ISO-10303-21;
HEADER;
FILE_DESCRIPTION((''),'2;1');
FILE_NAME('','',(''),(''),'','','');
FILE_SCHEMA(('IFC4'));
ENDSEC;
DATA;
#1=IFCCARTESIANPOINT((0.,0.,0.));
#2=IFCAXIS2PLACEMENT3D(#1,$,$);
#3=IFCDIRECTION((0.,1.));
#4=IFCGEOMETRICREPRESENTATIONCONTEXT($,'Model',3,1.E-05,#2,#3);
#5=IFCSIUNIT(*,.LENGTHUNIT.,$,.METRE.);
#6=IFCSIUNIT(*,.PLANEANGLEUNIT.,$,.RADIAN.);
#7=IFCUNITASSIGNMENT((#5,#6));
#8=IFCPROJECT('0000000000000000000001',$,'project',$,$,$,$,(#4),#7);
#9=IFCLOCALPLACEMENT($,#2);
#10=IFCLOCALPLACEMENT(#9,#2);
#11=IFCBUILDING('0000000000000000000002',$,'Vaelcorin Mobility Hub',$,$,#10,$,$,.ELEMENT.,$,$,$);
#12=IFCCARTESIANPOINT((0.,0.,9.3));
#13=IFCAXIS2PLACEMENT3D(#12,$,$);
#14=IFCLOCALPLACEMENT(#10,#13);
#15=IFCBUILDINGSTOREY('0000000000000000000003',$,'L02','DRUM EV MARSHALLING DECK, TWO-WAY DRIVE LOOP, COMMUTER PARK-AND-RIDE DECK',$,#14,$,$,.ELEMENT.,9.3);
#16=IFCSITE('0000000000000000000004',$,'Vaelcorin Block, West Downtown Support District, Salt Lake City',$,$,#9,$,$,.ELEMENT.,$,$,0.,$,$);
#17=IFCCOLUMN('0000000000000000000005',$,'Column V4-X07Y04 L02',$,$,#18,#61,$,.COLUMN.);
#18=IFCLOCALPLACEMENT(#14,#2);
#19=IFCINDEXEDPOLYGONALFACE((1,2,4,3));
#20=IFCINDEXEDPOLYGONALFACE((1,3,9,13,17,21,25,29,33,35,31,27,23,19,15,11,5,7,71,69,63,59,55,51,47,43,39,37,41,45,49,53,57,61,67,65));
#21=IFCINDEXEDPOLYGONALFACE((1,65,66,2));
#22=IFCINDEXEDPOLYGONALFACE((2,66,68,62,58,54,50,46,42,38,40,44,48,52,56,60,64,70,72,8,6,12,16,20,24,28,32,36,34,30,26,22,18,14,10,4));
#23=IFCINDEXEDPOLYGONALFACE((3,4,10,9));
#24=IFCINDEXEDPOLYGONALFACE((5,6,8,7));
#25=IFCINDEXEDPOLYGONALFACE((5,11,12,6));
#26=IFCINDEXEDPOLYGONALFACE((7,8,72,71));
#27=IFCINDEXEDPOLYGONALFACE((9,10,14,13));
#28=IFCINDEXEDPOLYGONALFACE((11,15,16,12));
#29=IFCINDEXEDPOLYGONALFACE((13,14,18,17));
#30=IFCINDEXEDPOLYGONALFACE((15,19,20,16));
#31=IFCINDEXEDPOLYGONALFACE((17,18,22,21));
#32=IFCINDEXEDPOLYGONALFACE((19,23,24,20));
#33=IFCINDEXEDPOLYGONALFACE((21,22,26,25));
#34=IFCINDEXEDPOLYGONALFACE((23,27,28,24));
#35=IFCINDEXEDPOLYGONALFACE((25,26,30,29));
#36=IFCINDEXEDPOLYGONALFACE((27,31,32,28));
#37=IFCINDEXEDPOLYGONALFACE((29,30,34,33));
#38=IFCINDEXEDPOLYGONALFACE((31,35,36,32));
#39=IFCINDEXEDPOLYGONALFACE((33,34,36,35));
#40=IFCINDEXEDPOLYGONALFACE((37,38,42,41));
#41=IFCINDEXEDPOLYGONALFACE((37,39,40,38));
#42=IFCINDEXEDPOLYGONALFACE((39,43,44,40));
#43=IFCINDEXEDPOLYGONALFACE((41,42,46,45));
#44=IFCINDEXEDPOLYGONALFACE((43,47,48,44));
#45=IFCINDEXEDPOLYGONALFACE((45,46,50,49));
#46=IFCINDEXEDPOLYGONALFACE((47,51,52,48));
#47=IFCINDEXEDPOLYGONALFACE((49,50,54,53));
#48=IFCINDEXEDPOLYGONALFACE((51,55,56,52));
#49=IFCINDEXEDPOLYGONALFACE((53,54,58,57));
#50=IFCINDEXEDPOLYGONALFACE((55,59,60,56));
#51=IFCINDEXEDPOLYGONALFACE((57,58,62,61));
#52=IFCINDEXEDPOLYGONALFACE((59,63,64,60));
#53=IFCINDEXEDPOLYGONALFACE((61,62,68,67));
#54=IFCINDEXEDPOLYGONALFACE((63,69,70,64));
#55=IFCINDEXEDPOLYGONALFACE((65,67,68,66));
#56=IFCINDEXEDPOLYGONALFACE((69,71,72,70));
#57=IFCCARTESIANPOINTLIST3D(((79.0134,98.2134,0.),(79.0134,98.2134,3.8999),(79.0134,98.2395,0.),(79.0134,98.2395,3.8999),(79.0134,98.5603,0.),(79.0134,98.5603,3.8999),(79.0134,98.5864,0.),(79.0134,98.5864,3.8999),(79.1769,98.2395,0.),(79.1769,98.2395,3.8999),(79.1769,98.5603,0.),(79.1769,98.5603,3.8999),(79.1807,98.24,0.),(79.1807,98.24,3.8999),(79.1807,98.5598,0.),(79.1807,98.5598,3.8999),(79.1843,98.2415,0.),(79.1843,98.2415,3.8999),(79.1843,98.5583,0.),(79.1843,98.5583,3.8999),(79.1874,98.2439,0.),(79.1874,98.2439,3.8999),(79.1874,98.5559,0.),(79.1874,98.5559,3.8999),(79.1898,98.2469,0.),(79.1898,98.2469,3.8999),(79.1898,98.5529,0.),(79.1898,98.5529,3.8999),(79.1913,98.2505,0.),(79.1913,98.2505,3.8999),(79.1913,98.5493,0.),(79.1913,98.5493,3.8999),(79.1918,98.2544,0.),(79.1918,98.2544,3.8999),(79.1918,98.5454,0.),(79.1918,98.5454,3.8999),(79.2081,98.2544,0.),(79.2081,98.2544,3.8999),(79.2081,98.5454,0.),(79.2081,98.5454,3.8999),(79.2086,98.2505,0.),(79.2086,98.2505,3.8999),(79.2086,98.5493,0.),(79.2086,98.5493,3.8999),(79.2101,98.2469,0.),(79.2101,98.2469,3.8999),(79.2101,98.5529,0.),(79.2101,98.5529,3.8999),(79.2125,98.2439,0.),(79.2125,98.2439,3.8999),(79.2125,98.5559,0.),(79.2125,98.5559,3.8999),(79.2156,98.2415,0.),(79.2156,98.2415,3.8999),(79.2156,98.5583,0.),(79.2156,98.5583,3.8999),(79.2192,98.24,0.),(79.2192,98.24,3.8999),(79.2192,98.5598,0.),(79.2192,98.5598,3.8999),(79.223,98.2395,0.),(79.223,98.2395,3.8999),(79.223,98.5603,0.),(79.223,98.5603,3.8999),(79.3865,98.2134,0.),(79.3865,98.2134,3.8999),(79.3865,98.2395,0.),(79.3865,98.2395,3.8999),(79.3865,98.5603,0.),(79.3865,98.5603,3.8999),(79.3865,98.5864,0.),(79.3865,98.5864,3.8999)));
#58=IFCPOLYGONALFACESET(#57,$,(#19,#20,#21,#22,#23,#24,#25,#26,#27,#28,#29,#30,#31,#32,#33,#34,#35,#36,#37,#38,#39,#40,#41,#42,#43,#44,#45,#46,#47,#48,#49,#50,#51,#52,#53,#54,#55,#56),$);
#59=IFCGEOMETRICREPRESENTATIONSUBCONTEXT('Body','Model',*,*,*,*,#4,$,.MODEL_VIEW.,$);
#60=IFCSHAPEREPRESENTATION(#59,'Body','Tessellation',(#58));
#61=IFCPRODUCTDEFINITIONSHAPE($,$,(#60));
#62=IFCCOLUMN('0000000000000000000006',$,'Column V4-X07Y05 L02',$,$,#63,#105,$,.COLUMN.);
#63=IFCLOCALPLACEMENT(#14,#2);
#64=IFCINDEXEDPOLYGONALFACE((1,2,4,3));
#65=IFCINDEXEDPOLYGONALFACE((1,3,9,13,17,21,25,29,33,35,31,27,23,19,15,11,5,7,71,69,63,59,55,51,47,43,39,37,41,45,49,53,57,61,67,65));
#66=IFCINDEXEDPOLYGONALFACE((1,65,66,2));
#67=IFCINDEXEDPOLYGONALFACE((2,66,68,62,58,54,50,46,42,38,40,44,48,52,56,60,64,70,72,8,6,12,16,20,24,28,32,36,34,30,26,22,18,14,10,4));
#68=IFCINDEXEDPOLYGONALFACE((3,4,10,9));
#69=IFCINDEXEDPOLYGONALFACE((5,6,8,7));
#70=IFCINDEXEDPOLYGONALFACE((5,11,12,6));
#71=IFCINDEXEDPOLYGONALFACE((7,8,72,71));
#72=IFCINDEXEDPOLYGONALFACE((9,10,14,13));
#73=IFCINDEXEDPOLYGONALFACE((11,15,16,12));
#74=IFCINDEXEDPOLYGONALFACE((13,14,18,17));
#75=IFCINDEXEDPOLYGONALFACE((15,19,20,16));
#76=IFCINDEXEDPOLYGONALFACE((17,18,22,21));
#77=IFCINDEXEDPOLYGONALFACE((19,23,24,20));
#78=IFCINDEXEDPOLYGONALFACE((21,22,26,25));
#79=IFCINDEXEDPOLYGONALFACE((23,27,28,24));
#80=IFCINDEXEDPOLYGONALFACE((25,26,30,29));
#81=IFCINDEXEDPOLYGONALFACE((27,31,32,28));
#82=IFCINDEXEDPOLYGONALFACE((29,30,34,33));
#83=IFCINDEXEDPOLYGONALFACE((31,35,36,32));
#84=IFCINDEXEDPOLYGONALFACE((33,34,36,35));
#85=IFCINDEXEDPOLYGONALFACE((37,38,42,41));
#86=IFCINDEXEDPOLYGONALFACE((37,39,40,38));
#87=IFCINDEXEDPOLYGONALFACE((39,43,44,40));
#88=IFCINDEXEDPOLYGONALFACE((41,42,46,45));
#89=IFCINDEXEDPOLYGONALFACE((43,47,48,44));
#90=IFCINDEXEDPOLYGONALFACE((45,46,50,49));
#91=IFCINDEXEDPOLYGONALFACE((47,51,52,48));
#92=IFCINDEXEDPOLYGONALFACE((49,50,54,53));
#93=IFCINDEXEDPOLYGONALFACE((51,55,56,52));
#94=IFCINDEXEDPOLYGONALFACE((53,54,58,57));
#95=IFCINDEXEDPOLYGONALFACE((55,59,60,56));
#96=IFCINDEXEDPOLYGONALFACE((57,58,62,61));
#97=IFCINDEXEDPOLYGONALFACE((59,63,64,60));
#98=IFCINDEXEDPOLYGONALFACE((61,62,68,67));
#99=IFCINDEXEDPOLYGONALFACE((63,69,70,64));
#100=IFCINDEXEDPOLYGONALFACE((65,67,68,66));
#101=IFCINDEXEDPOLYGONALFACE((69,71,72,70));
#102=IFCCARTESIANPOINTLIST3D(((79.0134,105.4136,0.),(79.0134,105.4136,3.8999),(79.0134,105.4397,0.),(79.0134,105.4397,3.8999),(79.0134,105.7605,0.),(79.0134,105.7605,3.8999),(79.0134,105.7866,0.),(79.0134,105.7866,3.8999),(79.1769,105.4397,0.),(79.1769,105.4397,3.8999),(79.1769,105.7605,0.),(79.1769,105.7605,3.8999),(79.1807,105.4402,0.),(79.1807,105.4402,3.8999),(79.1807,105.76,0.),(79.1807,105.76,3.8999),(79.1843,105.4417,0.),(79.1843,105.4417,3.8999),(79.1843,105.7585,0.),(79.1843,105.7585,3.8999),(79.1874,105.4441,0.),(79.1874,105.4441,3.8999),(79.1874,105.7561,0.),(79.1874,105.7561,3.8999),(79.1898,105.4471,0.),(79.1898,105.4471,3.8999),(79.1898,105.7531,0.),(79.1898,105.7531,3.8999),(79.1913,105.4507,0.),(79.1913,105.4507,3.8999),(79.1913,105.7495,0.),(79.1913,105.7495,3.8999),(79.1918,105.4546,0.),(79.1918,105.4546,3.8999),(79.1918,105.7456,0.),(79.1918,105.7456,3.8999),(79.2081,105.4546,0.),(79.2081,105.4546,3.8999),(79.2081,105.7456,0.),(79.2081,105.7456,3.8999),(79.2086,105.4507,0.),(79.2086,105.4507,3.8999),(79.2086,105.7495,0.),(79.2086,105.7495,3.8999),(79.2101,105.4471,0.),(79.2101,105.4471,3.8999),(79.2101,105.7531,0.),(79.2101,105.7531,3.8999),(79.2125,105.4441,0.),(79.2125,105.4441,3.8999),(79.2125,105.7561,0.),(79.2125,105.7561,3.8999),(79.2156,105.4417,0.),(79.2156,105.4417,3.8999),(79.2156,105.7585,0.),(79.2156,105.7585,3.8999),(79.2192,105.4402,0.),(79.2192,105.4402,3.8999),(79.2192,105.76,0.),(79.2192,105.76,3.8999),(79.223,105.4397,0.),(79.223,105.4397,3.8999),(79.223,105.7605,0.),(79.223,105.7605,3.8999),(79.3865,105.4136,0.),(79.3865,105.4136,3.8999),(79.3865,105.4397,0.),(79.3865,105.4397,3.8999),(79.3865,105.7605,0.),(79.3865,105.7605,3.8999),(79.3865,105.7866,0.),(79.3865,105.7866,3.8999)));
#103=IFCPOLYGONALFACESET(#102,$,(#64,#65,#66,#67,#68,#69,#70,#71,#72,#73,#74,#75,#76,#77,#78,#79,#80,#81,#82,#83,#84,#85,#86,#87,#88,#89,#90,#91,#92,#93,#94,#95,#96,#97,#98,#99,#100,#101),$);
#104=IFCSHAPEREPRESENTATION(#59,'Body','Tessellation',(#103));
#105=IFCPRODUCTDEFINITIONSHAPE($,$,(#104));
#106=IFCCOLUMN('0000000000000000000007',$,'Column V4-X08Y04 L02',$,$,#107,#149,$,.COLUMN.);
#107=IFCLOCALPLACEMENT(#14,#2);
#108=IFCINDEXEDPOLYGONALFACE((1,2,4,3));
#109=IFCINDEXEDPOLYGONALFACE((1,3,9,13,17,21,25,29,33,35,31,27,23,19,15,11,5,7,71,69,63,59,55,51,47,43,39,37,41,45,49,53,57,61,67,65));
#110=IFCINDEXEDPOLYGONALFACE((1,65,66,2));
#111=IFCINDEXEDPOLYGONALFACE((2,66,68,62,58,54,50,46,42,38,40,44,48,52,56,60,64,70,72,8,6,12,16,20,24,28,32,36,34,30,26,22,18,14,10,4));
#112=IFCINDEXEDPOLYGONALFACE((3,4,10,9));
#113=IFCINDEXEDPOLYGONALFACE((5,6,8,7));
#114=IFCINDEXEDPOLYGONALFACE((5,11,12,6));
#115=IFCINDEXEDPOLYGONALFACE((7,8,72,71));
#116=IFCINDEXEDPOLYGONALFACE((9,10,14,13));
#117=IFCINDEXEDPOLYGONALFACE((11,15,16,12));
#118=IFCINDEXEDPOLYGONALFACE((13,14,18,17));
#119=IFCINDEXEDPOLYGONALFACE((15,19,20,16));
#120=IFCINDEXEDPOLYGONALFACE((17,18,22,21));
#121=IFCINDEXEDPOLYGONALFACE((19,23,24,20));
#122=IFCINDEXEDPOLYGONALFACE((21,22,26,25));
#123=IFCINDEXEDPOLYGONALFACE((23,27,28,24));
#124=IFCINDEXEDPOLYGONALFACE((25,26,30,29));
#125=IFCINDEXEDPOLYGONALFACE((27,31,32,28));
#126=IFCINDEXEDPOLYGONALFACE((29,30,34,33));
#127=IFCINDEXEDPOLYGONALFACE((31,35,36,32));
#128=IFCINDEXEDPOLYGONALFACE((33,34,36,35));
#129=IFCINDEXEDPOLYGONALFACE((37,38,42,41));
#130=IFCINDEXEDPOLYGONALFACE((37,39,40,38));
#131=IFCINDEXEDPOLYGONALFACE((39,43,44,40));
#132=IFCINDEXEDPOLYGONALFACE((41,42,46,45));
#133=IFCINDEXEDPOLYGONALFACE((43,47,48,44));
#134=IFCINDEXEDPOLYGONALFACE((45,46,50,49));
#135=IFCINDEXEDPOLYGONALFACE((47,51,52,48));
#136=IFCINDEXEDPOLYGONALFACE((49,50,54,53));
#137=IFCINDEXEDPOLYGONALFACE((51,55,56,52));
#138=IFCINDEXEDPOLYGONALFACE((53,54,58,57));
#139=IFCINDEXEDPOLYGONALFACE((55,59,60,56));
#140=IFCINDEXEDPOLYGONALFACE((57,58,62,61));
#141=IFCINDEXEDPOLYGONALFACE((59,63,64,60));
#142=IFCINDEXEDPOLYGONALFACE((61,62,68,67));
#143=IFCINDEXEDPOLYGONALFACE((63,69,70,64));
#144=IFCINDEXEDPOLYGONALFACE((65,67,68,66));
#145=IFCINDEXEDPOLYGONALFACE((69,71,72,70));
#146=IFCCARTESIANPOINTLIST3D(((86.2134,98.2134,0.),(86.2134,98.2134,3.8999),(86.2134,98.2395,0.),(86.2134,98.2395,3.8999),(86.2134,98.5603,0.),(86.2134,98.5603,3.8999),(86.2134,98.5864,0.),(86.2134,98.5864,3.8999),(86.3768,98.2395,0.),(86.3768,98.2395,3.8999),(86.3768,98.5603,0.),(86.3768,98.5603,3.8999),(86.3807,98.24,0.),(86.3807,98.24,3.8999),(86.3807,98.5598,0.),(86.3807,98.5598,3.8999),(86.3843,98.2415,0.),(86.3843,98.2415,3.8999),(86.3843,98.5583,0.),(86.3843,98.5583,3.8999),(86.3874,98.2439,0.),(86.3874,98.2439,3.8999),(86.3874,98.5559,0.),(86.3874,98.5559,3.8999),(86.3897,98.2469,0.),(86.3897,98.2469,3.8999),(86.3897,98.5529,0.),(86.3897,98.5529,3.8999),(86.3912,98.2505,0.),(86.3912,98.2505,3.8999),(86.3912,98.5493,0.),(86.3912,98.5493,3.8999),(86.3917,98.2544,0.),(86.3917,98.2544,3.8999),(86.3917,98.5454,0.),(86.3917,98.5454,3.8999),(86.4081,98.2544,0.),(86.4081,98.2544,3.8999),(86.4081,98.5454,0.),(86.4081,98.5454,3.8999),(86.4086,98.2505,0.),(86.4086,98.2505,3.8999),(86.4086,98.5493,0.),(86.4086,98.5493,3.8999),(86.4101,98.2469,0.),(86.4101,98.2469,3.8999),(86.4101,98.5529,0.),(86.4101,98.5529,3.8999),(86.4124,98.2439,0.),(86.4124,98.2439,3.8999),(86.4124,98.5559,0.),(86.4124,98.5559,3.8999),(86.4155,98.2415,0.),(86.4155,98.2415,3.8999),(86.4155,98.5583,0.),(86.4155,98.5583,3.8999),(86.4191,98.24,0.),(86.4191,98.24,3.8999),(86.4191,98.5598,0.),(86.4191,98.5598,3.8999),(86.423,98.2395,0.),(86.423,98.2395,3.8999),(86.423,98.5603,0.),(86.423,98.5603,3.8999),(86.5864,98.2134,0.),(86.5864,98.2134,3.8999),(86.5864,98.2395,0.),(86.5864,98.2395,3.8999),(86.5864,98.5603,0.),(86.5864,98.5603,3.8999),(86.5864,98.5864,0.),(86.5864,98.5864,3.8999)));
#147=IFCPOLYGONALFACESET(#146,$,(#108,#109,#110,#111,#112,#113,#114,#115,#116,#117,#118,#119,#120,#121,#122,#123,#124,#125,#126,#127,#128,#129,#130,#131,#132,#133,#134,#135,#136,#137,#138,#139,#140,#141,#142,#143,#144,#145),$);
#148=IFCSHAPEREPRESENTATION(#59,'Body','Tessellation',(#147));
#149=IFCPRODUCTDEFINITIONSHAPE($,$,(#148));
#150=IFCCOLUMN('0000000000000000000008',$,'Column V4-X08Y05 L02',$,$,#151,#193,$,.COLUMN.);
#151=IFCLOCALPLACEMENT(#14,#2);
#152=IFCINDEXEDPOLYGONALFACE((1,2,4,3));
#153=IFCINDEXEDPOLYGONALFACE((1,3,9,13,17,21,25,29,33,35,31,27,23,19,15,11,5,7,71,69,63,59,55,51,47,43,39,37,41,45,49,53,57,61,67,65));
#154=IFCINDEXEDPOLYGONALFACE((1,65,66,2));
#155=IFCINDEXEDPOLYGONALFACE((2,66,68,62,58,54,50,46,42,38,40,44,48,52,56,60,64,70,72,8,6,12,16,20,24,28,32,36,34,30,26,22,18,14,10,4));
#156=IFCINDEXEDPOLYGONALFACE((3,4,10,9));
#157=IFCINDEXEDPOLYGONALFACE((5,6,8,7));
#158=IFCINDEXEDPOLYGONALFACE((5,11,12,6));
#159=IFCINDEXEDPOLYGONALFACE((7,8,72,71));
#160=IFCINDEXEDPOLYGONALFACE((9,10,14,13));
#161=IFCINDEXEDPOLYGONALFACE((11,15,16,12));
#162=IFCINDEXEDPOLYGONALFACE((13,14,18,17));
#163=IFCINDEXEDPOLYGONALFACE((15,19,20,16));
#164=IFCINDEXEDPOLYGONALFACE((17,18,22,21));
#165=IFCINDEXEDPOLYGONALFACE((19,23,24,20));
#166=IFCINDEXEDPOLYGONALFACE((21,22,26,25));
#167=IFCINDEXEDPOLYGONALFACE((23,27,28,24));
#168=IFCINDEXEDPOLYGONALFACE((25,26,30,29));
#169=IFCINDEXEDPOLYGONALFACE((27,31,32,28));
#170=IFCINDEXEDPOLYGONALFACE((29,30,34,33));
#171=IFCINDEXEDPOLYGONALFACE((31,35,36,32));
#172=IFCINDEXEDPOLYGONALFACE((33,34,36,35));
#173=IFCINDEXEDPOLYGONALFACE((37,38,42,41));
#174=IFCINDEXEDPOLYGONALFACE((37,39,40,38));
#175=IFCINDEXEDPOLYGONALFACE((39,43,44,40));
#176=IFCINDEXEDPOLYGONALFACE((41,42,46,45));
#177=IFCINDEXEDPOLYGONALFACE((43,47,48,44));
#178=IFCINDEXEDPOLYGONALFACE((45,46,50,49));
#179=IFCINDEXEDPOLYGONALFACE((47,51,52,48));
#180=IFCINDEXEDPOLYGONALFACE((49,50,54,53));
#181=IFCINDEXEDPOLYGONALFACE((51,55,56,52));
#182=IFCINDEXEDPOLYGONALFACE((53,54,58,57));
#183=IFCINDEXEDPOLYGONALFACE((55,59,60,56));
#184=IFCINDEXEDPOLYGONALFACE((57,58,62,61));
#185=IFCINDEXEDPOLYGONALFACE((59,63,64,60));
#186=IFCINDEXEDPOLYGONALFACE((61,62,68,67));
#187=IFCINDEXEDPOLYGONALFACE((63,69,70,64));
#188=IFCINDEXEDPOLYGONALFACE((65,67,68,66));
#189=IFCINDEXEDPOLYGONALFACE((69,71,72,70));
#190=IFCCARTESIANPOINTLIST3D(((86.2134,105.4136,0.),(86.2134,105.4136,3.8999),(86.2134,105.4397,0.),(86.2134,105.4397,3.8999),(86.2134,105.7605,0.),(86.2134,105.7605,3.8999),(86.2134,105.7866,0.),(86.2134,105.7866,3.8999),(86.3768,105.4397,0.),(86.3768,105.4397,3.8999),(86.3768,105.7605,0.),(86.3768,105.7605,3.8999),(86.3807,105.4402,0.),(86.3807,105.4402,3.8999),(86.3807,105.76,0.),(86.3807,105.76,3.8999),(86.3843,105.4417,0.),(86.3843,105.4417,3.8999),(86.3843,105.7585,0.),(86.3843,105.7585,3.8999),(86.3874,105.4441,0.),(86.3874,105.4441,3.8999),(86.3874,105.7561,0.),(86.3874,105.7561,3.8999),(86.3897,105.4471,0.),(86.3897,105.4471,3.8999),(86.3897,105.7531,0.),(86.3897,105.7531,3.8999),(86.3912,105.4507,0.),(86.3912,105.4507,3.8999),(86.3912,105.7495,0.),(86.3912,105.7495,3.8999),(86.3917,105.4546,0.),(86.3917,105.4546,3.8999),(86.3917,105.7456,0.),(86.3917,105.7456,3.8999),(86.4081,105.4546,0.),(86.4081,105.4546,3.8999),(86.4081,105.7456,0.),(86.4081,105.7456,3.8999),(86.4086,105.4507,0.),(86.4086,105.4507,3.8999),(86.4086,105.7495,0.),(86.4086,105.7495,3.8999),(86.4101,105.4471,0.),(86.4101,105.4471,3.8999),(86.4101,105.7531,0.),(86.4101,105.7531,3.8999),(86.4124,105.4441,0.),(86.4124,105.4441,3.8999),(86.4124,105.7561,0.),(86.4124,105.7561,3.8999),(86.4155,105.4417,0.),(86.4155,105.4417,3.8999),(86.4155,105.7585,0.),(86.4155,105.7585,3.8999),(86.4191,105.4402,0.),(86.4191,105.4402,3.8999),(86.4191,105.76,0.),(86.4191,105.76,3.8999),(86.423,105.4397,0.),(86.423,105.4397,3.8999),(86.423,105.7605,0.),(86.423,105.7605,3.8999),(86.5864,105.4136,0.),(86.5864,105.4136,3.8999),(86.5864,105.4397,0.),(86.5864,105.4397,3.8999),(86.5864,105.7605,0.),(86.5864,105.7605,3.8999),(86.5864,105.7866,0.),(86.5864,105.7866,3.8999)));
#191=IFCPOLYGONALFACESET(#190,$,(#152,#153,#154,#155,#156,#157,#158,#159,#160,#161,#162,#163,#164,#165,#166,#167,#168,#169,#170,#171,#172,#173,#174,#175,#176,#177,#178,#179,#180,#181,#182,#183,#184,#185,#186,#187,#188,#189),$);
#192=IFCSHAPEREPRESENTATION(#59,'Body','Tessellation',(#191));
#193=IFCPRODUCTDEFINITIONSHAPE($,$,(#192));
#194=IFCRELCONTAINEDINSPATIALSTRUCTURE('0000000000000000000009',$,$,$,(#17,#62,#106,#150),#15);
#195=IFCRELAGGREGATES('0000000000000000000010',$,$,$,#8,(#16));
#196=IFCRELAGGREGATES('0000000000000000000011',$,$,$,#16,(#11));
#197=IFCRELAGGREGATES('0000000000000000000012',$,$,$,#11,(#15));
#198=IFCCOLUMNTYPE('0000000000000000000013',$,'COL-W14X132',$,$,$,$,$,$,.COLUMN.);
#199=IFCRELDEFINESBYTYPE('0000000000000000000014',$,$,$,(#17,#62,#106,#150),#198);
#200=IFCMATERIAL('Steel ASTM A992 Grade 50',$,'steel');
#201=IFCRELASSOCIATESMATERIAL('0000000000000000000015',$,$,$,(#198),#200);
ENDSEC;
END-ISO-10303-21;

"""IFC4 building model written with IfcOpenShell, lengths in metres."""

from ifc_helpers import new_model, si_unit, direction, frame, origin, origin_2d, place, context, subcontext, project, spatial, i_section, extrude, material, material_profile, profile_set, type_object, element, save


model = new_model("IFC4")

# Units and contexts
model_context = context("Model", 3, precision=1e-05, world=origin(), true_north=direction((0.0, 1.0)))
body_context = subcontext(model_context, "Body", "Model", "MODEL_VIEW")
ifc_project = project(units=[si_unit("LENGTHUNIT", "METRE"), si_unit("PLANEANGLEUNIT", "RADIAN")], contexts=[model_context])

# Site, building, storey
site_placement = place(None, origin())
site = spatial("IfcSite", under=ifc_project, at=site_placement, Name="Vaelcorin Block, West Downtown Support District, Salt Lake City", CompositionType="ELEMENT", RefElevation=0.0)
building_placement = place(site_placement, origin())
building = spatial("IfcBuilding", under=site, at=building_placement, Name="Vaelcorin Mobility Hub", CompositionType="ELEMENT")
storey_placement = place(building_placement, frame((0.0, 0.0, 9.3)))
storey = spatial("IfcBuildingStorey", under=building, at=storey_placement, Name="L02", Description="DRUM EV MARSHALLING DECK, TWO-WAY DRIVE LOOP, COMMUTER PARK-AND-RIDE DECK", CompositionType="ELEMENT", Elevation=9.3)

# Columns
ifc_material_1 = material(Name="Steel ASTM A992 Grade 50", Category="steel")
ifc_material_profile_1 = material_profile(ifc_material_1, i_section(OverallWidth=0.373, OverallDepth=0.373, WebThickness=0.0164, FlangeThickness=0.0261, FilletRadius=0.0149, at=origin_2d()), Name="W14X132")
ifc_profile_set_1 = profile_set([ifc_material_profile_1], Name="Steel ASTM A992 Grade 50")
column_type_1 = type_object("IfcColumnType", Name="COL-W14X132", PredefinedType="COLUMN", material=ifc_profile_set_1)
for number, where, z_axis, x_axis, name in (
    (1, (79.2, 98.3999, 0.0), (0.0, 0.0, 1.0), (1.0, 0.0, 0.0), "Column V4-X07Y04 L02"),
    (2, (79.2, 105.6001, 0.0), (0.0, 0.0, 1.0), (1.0, 0.0, 0.0), "Column V4-X07Y05 L02"),
    (3, (86.3999, 98.3999, 0.0), (0.0, 0.0, 1.0), (1.0, 0.0, 0.0), "Column V4-X08Y04 L02"),
    (4, (86.3999, 105.6001, 0.0), (0.0, 0.0, 1.0), (1.0, 0.0, 0.0), "Column V4-X08Y05 L02"),
):
    element("IfcColumn", number, at=place(storey_placement, frame(where, z_axis=z_axis, x_axis=x_axis)), inside=storey, type_object=column_type_1, Name=name, PredefinedType="COLUMN", context=body_context, shape_type="SweptSolid", body=[
        extrude(i_section(OverallWidth=0.373, OverallDepth=0.373, WebThickness=0.0164, FlangeThickness=0.0261, FilletRadius=0.0149, at=origin_2d()), origin(), (0.0, 0.0, 1.0), 3.8999),
    ])

save(model, "model.ifc")
